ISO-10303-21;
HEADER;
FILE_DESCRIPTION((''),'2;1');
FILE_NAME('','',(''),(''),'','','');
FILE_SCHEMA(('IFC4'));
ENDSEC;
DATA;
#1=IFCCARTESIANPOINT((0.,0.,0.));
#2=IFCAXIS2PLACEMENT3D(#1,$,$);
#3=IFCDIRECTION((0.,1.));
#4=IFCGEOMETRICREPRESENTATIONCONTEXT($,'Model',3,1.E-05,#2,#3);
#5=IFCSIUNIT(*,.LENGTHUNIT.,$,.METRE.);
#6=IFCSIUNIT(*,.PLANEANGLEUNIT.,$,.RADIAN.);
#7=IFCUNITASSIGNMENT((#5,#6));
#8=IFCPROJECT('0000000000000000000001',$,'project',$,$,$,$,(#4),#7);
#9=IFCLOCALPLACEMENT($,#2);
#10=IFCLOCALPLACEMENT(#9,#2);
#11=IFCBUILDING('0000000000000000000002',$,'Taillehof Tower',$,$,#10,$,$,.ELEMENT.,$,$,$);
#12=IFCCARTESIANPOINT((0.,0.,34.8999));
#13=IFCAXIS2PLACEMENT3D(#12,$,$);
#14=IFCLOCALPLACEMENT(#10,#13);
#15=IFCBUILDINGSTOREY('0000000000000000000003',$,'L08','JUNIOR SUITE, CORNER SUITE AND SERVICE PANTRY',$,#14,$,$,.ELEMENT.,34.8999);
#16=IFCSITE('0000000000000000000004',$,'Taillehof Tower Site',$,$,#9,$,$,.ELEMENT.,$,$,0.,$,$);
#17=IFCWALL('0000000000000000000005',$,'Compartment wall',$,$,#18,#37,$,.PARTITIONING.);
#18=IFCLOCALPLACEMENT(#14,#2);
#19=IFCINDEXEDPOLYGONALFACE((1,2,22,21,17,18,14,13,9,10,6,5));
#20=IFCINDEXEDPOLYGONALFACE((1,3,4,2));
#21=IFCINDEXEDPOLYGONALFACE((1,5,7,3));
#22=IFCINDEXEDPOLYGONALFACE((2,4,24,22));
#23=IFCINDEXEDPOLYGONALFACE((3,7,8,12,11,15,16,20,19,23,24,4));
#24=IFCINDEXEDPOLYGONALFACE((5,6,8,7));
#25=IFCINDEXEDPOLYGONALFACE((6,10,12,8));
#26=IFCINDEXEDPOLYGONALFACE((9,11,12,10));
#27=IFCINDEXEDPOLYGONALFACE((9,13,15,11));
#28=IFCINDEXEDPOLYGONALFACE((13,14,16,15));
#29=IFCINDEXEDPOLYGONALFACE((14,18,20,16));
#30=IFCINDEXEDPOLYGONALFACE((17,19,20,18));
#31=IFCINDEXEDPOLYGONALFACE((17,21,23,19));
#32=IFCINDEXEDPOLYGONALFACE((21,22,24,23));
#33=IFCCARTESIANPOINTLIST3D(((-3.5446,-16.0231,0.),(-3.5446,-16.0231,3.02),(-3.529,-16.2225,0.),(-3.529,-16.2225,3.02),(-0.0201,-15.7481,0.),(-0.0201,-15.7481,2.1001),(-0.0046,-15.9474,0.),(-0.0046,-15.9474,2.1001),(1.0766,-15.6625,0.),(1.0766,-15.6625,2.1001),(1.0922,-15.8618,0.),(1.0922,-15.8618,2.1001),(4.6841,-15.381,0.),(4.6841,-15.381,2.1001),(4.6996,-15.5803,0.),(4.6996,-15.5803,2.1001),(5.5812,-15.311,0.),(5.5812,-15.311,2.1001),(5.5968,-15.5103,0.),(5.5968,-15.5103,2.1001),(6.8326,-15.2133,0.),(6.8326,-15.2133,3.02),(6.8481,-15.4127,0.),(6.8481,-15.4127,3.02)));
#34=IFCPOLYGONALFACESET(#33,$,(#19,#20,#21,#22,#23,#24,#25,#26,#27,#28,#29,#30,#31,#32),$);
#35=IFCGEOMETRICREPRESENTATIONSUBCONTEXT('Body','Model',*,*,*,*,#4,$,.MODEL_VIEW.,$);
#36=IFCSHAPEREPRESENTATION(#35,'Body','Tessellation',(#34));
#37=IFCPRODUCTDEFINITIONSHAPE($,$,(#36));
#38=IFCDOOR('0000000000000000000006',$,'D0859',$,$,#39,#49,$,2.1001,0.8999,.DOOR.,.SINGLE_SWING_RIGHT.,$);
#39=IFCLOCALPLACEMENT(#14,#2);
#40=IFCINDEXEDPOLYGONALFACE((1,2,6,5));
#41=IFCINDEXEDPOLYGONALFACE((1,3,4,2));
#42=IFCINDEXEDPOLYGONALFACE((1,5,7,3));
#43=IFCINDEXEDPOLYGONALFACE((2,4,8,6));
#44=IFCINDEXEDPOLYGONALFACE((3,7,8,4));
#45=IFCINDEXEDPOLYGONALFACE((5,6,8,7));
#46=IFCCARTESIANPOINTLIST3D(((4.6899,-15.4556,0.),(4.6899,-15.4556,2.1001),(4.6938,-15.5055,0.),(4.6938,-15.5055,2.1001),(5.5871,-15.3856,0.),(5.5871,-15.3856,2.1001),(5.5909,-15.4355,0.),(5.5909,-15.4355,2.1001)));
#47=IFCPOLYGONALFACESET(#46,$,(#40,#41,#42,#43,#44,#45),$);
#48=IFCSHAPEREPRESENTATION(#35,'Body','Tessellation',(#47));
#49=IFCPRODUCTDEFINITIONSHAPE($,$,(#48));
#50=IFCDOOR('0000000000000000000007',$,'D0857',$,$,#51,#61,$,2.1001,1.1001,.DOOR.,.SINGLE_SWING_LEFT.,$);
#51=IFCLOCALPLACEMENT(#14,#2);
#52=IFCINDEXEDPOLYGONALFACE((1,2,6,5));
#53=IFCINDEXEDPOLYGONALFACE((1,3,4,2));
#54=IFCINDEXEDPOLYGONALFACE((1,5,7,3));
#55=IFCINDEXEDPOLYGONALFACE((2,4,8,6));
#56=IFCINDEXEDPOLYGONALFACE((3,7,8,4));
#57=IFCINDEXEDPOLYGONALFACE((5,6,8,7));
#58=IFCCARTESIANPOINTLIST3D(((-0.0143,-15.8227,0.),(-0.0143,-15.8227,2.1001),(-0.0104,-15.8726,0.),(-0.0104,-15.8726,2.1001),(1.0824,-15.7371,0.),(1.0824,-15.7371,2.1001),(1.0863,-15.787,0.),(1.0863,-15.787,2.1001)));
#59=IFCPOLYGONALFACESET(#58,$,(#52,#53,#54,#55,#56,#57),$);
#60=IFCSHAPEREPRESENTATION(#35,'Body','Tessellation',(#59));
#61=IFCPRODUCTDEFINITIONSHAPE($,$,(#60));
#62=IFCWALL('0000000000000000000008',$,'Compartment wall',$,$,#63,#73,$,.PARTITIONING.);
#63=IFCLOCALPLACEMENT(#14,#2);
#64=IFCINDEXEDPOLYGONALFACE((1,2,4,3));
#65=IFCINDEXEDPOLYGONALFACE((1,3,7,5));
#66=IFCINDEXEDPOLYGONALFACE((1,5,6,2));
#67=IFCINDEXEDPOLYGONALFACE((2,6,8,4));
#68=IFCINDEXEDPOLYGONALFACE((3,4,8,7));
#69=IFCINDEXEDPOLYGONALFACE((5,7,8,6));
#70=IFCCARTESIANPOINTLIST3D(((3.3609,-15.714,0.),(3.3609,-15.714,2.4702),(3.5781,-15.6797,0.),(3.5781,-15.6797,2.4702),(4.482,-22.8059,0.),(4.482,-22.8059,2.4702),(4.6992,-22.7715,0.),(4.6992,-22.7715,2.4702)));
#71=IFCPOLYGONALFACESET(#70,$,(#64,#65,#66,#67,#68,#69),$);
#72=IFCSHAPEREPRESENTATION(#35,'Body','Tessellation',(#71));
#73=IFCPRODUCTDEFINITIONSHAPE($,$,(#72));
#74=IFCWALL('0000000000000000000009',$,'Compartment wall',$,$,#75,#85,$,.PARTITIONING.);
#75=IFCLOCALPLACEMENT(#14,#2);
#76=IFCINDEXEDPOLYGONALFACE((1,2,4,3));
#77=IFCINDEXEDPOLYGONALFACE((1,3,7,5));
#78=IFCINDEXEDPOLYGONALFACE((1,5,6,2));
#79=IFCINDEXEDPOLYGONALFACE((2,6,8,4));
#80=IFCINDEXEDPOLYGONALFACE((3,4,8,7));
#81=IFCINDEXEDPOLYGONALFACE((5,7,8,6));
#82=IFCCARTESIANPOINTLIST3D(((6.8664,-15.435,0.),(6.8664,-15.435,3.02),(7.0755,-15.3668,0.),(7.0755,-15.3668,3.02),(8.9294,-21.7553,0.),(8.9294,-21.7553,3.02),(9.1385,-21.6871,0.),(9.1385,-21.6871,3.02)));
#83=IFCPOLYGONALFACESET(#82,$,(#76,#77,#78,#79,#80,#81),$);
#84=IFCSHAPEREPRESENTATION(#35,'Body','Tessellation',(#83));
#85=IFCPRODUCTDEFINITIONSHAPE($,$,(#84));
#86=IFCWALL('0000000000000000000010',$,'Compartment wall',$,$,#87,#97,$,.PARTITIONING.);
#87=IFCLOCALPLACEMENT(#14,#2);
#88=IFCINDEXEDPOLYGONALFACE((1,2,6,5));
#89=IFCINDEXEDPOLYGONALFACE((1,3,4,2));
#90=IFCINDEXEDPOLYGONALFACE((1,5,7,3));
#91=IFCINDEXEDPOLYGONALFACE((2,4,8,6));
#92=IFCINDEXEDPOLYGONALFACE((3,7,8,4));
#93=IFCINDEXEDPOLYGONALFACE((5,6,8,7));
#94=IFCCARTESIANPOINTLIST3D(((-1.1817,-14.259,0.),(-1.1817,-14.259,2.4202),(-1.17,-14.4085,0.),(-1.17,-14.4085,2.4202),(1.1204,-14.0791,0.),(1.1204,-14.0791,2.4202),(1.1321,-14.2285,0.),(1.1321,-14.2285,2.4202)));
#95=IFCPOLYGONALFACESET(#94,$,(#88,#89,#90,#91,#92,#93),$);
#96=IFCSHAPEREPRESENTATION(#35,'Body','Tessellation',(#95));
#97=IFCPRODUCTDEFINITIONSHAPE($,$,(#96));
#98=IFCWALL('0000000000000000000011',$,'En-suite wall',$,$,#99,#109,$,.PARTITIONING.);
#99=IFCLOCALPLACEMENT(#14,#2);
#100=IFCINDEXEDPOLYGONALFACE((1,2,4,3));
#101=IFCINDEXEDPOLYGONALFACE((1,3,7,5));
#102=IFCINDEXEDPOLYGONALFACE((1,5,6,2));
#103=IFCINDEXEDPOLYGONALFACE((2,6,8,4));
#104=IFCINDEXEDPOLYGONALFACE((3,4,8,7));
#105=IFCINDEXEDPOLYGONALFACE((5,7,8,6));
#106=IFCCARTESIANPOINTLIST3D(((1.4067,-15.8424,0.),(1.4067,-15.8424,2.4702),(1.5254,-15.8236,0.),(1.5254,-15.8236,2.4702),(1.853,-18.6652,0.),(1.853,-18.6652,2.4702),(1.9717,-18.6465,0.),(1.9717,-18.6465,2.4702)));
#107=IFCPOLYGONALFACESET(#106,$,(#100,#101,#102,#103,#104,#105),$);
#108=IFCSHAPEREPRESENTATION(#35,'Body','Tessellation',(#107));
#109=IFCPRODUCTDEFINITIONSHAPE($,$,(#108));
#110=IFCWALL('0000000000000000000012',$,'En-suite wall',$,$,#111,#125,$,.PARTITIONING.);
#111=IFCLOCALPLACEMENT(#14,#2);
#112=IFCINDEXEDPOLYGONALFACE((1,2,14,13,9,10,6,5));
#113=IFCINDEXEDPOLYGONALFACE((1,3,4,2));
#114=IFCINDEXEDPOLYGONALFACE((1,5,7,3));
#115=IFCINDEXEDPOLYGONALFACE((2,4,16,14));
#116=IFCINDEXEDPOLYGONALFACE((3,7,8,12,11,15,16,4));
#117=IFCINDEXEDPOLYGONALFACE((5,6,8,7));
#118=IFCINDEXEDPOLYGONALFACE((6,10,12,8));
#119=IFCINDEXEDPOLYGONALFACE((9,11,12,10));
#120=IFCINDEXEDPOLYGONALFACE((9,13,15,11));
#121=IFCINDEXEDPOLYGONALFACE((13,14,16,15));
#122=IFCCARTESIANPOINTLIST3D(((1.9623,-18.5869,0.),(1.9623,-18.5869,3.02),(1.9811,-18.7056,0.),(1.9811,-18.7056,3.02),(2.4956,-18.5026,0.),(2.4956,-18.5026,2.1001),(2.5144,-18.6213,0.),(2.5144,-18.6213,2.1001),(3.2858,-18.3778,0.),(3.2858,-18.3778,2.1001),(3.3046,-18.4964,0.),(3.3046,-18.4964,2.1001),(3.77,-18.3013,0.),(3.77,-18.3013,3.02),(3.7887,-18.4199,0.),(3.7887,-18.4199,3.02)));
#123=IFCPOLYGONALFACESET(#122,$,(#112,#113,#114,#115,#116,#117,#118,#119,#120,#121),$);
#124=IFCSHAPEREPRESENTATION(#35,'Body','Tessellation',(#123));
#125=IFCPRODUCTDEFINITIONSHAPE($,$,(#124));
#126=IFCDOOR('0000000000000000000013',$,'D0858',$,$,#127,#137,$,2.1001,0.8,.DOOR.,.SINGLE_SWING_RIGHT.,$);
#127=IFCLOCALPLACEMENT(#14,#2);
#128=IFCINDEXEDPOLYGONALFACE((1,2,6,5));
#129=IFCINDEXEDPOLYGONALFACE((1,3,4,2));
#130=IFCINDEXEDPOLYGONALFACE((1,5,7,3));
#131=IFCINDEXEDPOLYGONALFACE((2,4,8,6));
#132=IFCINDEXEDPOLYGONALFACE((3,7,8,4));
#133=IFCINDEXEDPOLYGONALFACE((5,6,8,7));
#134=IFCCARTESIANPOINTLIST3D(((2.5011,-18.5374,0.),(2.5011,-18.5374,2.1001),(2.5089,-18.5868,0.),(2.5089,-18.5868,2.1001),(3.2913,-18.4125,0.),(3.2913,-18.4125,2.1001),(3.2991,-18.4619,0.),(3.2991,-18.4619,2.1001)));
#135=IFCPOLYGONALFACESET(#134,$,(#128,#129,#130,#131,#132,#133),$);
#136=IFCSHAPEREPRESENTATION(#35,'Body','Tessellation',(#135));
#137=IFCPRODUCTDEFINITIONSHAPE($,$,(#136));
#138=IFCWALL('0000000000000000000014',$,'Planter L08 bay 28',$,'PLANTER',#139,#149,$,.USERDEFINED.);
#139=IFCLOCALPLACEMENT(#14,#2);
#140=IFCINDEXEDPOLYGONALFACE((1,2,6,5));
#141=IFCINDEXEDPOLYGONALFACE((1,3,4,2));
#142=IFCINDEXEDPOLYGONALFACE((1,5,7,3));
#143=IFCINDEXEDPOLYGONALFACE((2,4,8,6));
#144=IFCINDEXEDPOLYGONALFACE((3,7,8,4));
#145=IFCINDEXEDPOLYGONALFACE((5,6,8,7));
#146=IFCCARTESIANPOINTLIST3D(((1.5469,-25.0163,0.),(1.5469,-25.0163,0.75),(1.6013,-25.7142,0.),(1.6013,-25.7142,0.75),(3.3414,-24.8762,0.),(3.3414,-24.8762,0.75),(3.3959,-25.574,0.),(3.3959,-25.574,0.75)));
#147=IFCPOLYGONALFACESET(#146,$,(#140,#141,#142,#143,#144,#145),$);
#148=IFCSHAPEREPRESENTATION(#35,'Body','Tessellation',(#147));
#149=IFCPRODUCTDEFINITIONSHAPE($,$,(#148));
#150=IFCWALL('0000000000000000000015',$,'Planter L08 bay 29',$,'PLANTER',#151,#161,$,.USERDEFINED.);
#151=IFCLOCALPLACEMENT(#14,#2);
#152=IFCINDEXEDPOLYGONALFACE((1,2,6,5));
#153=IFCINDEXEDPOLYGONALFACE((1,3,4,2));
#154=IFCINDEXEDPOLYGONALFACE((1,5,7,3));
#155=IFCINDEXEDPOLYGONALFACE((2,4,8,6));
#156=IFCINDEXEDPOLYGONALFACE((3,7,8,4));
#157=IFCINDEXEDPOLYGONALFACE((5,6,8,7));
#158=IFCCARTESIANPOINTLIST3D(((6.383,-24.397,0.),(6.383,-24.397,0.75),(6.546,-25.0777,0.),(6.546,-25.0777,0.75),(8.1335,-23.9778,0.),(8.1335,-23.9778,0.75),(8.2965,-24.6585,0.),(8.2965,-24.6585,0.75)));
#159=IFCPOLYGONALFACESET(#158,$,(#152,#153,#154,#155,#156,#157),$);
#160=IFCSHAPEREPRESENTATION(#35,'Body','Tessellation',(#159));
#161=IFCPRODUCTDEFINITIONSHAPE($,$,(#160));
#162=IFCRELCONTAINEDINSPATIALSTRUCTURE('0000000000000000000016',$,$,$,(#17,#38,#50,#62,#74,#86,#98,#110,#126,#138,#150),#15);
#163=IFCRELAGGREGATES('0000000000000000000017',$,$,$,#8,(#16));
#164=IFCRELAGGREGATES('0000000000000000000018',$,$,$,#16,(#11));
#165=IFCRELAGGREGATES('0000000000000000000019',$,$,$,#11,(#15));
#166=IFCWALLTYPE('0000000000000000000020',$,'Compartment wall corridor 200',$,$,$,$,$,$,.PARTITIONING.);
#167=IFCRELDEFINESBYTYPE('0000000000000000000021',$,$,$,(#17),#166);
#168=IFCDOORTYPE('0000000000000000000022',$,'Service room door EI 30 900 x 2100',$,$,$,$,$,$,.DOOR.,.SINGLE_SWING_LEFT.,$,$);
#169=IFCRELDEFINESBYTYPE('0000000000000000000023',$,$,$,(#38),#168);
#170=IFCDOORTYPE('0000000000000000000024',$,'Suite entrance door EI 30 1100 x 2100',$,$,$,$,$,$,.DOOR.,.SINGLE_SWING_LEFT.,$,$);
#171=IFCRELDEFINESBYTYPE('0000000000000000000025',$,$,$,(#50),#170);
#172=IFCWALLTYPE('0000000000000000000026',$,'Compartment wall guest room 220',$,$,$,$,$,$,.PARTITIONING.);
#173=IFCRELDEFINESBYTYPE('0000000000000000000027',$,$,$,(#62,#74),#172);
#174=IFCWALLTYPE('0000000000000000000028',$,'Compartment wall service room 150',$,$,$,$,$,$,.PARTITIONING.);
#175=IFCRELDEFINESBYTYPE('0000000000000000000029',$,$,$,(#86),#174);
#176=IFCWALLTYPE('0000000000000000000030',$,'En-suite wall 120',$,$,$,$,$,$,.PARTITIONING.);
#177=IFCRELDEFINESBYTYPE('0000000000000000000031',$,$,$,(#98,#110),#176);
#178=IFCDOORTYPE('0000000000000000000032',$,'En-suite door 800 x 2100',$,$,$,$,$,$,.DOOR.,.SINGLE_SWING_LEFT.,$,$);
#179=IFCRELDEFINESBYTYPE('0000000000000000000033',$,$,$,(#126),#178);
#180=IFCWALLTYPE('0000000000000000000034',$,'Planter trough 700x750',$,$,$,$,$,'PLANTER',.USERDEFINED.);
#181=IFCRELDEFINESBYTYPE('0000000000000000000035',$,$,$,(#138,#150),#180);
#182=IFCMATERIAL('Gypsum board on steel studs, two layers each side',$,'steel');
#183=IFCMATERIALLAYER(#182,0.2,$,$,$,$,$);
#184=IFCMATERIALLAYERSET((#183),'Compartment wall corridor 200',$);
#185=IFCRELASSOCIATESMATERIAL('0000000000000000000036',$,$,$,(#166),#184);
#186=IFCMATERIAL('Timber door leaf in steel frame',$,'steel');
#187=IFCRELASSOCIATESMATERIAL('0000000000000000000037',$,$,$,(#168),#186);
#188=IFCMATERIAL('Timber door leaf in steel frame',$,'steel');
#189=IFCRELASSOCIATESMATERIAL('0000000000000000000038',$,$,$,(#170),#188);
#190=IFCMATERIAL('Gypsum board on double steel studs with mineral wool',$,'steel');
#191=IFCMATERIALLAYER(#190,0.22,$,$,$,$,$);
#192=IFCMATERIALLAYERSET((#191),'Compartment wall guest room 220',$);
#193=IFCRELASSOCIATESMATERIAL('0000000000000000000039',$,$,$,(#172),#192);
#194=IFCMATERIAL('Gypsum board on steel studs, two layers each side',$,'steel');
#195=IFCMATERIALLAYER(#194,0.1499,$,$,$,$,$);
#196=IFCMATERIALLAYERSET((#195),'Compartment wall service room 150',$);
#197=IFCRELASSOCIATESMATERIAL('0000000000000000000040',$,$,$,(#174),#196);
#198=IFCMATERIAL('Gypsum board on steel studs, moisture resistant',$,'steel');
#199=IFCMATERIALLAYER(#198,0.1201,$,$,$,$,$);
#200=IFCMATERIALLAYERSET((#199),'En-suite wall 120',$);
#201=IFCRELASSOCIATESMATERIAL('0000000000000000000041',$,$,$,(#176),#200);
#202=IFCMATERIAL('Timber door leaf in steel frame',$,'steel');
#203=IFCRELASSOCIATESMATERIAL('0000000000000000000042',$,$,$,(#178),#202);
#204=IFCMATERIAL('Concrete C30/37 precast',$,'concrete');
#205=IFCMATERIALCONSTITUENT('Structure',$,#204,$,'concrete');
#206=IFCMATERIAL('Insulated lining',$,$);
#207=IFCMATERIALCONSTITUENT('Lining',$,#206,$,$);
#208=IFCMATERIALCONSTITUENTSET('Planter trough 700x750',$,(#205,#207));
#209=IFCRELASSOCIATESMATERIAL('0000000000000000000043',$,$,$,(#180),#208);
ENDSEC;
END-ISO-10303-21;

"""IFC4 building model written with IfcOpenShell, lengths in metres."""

from ifc_helpers import new_model, si_unit, direction, frame, frame_2d, origin, place, context, subcontext, project, spatial, rectangle, extrude, material, layer, layer_set, constituent, constituent_set, type_object, element, fill, save


model = new_model("IFC4")

# Units and contexts
model_context = context("Model", 3, precision=1e-05, world=origin(), true_north=direction((0.0, 1.0)))
body_context = subcontext(model_context, "Body", "Model", "MODEL_VIEW")
ifc_project = project(units=[si_unit("LENGTHUNIT", "METRE"), si_unit("PLANEANGLEUNIT", "RADIAN")], contexts=[model_context])

# Site, building, storey
site_placement = place(None, origin())
site = spatial("IfcSite", under=ifc_project, at=site_placement, Name="Taillehof Tower Site", CompositionType="ELEMENT", RefElevation=0.0)
building_placement = place(site_placement, origin())
building = spatial("IfcBuilding", under=site, at=building_placement, Name="Taillehof Tower", CompositionType="ELEMENT")
storey_placement = place(building_placement, frame((0.0, 0.0, 34.8999)))
storey = spatial("IfcBuildingStorey", under=building, at=storey_placement, Name="L08", Description="JUNIOR SUITE, CORNER SUITE AND SERVICE PANTRY", CompositionType="ELEMENT", Elevation=34.8999)

# Shared definitions
ifc_material_1 = material(Name="Gypsum board on steel studs, two layers each side", Category="steel")
ifc_layer_1 = layer(ifc_material_1, 0.2)
ifc_layer_set_1 = layer_set([ifc_layer_1], Name="Compartment wall corridor 200")
wall_type_1 = type_object("IfcWallType", Name="Compartment wall corridor 200", PredefinedType="PARTITIONING", material=ifc_layer_set_1)

# Wall, openings, doors
wall_1_placement = place(storey_placement, frame((6.8403, -15.313, 0.0), z_axis=(0.0, 0.0, 1.0), x_axis=(-0.996969, -0.077801, 0.0)))
wall_1 = element("IfcWall", 1, at=wall_1_placement, inside=storey, type_object=wall_type_1, Name="Compartment wall", PredefinedType="PARTITIONING", context=body_context, shape_type="SweptSolid", body=[
    extrude(rectangle(XDim=10.4087, YDim=0.2, at=frame_2d((5.2043, 0.0))), origin(), (0.0, 0.0, 1.0), 3.02),
])
opening_1_placement = place(wall_1_placement, frame((5.7734, 0.0, 0.0)))
opening_1 = element("IfcOpeningElement", 2, at=opening_1_placement, cuts=wall_1, PredefinedType="OPENING", context=body_context, shape_type="SweptSolid", body=[
    extrude(rectangle(XDim=1.1001, YDim=2.1001, at=frame_2d((0.55, 1.05))), frame((0.0, 0.1099, 0.0), z_axis=(0.0, -1.0, 0.0), x_axis=(1.0, 0.0, 0.0)), (0.0, 0.0, 1.0), 0.22),
])
opening_2_placement = place(wall_1_placement, frame((1.2551, 0.0, 0.0)))
opening_2 = element("IfcOpeningElement", 3, at=opening_2_placement, cuts=wall_1, PredefinedType="OPENING", context=body_context, shape_type="SweptSolid", body=[
    extrude(rectangle(XDim=0.8999, YDim=2.1001, at=frame_2d((0.45, 1.05))), frame((0.0, 0.1099, 0.0), z_axis=(0.0, -1.0, 0.0), x_axis=(1.0, 0.0, 0.0)), (0.0, 0.0, 1.0), 0.22),
])
ifc_material_2 = material(Name="Timber door leaf in steel frame", Category="steel")
door_type_1 = type_object("IfcDoorType", Name="Service room door EI 30 900 x 2100", OperationType="SINGLE_SWING_LEFT", PredefinedType="DOOR", material=ifc_material_2)
door_1_placement = place(opening_2_placement, origin())
door_1 = element("IfcDoor", 4, at=door_1_placement, inside=storey, type_object=door_type_1, Name="D0859", OperationType="SINGLE_SWING_RIGHT", OverallHeight=2.1001, OverallWidth=0.8999, PredefinedType="DOOR", context=body_context, shape_type="SweptSolid", body=[
    extrude(rectangle(XDim=0.8999, YDim=2.1001, at=frame_2d((0.45, 1.05))), frame((0.0, 0.0249, 0.0), z_axis=(0.0, -1.0, 0.0), x_axis=(1.0, 0.0, 0.0)), (0.0, 0.0, 1.0), 0.05),
])
fill(opening_2, door_1)
ifc_material_3 = material(Name="Timber door leaf in steel frame", Category="steel")
door_type_2 = type_object("IfcDoorType", Name="Suite entrance door EI 30 1100 x 2100", OperationType="SINGLE_SWING_LEFT", PredefinedType="DOOR", material=ifc_material_3)
door_2_placement = place(opening_1_placement, origin())
door_2 = element("IfcDoor", 5, at=door_2_placement, inside=storey, type_object=door_type_2, Name="D0857", OperationType="SINGLE_SWING_LEFT", OverallHeight=2.1001, OverallWidth=1.1001, PredefinedType="DOOR", context=body_context, shape_type="SweptSolid", body=[
    extrude(rectangle(XDim=1.1001, YDim=2.1001, at=frame_2d((0.55, 1.05))), frame((0.0, 0.0249, 0.0), z_axis=(0.0, -1.0, 0.0), x_axis=(1.0, 0.0, 0.0)), (0.0, 0.0, 1.0), 0.05),
])
fill(opening_1, door_2)

# Walls
ifc_material_4 = material(Name="Gypsum board on double steel studs with mineral wool", Category="steel")
ifc_layer_2 = layer(ifc_material_4, 0.22)
ifc_layer_set_2 = layer_set([ifc_layer_2], Name="Compartment wall guest room 220")
wall_type_2 = type_object("IfcWallType", Name="Compartment wall guest room 220", PredefinedType="PARTITIONING", material=ifc_layer_set_2)
wall_2_placement = place(storey_placement, frame((4.5906, -22.7886, 0.0), z_axis=(0.0, 0.0, 1.0), x_axis=(-0.156144, 0.987734, 0.0)))
element("IfcWall", 6, at=wall_2_placement, inside=storey, type_object=wall_type_2, Name="Compartment wall", PredefinedType="PARTITIONING", context=body_context, shape_type="SweptSolid", body=[
    extrude(rectangle(XDim=7.1799, YDim=0.22, at=frame_2d((3.5898, 0.0))), origin(), (0.0, 0.0, 1.0), 2.4702),
])
wall_3_placement = place(storey_placement, frame((9.0339, -21.7212, 0.0), z_axis=(0.0, 0.0, 1.0), x_axis=(-0.310295, 0.95064, 0.0)))
element("IfcWall", 7, at=wall_3_placement, inside=storey, type_object=wall_type_2, Name="Compartment wall", PredefinedType="PARTITIONING", context=body_context, shape_type="SweptSolid", body=[
    extrude(rectangle(XDim=6.6484, YDim=0.22, at=frame_2d((3.3242, 0.0))), origin(), (0.0, 0.0, 1.0), 3.02),
])
ifc_material_5 = material(Name="Gypsum board on steel studs, two layers each side", Category="steel")
ifc_layer_3 = layer(ifc_material_5, 0.1499)
ifc_layer_set_3 = layer_set([ifc_layer_3], Name="Compartment wall service room 150")
wall_type_3 = type_object("IfcWallType", Name="Compartment wall service room 150", PredefinedType="PARTITIONING", material=ifc_layer_set_3)
wall_4_placement = place(storey_placement, frame((1.1262, -14.1538, 0.0), z_axis=(0.0, 0.0, 1.0), x_axis=(-0.996959, -0.077925, 0.0)))
element("IfcWall", 8, at=wall_4_placement, inside=storey, type_object=wall_type_3, Name="Compartment wall", PredefinedType="PARTITIONING", context=body_context, shape_type="SweptSolid", body=[
    extrude(rectangle(XDim=2.3091, YDim=0.1499, at=frame_2d((1.1545, 0.0))), origin(), (0.0, 0.0, 1.0), 2.4202),
])
ifc_material_6 = material(Name="Gypsum board on steel studs, moisture resistant", Category="steel")
ifc_layer_4 = layer(ifc_material_6, 0.1201)
ifc_layer_set_4 = layer_set([ifc_layer_4], Name="En-suite wall 120")
wall_type_4 = type_object("IfcWallType", Name="En-suite wall 120", PredefinedType="PARTITIONING", material=ifc_layer_set_4)
wall_5_placement = place(storey_placement, frame((1.4661, -15.833, 0.0), z_axis=(0.0, 0.0, 1.0), x_axis=(0.156164, -0.987731, 0.0)))
element("IfcWall", 9, at=wall_5_placement, inside=storey, type_object=wall_type_4, Name="En-suite wall", PredefinedType="PARTITIONING", context=body_context, shape_type="SweptSolid", body=[
    extrude(rectangle(XDim=2.8579, YDim=0.1201, at=frame_2d((1.429, 0.0))), origin(), (0.0, 0.0, 1.0), 2.4702),
])

# Wall, opening, door
wall_6_placement = place(storey_placement, frame((1.9717, -18.6462, 0.0), z_axis=(0.0, 0.0, 1.0), x_axis=(0.987743, 0.156086, 0.0)))
wall_6 = element("IfcWall", 10, at=wall_6_placement, inside=storey, type_object=wall_type_4, Name="En-suite wall", PredefinedType="PARTITIONING", context=body_context, shape_type="SweptSolid", body=[
    extrude(rectangle(XDim=1.8301, YDim=0.1201, at=frame_2d((0.915, 0.0))), origin(), (0.0, 0.0, 1.0), 3.02),
])
opening_3_placement = place(wall_6_placement, frame((0.54, 0.0, 0.0)))
opening_3 = element("IfcOpeningElement", 11, at=opening_3_placement, cuts=wall_6, PredefinedType="OPENING", context=body_context, shape_type="SweptSolid", body=[
    extrude(rectangle(XDim=0.8, YDim=2.1001, at=frame_2d((0.3999, 1.05))), frame((0.0, 0.0701, 0.0), z_axis=(0.0, -1.0, 0.0), x_axis=(1.0, 0.0, 0.0)), (0.0, 0.0, 1.0), 0.1401),
])
ifc_material_7 = material(Name="Timber door leaf in steel frame", Category="steel")
door_type_3 = type_object("IfcDoorType", Name="En-suite door 800 x 2100", OperationType="SINGLE_SWING_LEFT", PredefinedType="DOOR", material=ifc_material_7)
door_3_placement = place(opening_3_placement, origin())
door_3 = element("IfcDoor", 12, at=door_3_placement, inside=storey, type_object=door_type_3, Name="D0858", OperationType="SINGLE_SWING_RIGHT", OverallHeight=2.1001, OverallWidth=0.8, PredefinedType="DOOR", context=body_context, shape_type="SweptSolid", body=[
    extrude(rectangle(XDim=0.8, YDim=2.1001, at=frame_2d((0.3999, 1.05))), frame((0.0, 0.0249, 0.0), z_axis=(0.0, -1.0, 0.0), x_axis=(1.0, 0.0, 0.0)), (0.0, 0.0, 1.0), 0.05),
])
fill(opening_3, door_3)

# Walls
ifc_material_8 = material(Name="Concrete C30/37 precast", Category="concrete")
ifc_constituent_1 = constituent(ifc_material_8, Name="Structure", Category="concrete")
ifc_material_9 = material(Name="Insulated lining")
ifc_constituent_2 = constituent(ifc_material_9, Name="Lining")
ifc_constituent_set = constituent_set(constituents=[ifc_constituent_1, ifc_constituent_2], Name="Planter trough 700x750")
wall_type_5 = type_object("IfcWallType", Name="Planter trough 700x750", ElementType="PLANTER", PredefinedType="USERDEFINED", material=ifc_constituent_set)
for number, where, z_axis, x_axis, name in (
    (13, (1.5742, -25.3652, 0.0), (0.0, 0.0, 1.0), (0.996965, 0.077848, 0.0), "Planter L08 bay 28"),
    (14, (6.4646, -24.7373, 0.0), (0.0, 0.0, 1.0), (0.972504, 0.232886, 0.0), "Planter L08 bay 29"),
):
    element("IfcWall", number, at=place(storey_placement, frame(where, z_axis=z_axis, x_axis=x_axis)), inside=storey, type_object=wall_type_5, Name=name, ObjectType="PLANTER", PredefinedType="USERDEFINED", context=body_context, shape_type="SweptSolid", body=[
        extrude(rectangle(XDim=1.8, YDim=0.7, at=frame_2d((0.8999, 0.0))), origin(), (0.0, 0.0, 1.0), 0.75),
    ])

save(model, "model.ifc")
